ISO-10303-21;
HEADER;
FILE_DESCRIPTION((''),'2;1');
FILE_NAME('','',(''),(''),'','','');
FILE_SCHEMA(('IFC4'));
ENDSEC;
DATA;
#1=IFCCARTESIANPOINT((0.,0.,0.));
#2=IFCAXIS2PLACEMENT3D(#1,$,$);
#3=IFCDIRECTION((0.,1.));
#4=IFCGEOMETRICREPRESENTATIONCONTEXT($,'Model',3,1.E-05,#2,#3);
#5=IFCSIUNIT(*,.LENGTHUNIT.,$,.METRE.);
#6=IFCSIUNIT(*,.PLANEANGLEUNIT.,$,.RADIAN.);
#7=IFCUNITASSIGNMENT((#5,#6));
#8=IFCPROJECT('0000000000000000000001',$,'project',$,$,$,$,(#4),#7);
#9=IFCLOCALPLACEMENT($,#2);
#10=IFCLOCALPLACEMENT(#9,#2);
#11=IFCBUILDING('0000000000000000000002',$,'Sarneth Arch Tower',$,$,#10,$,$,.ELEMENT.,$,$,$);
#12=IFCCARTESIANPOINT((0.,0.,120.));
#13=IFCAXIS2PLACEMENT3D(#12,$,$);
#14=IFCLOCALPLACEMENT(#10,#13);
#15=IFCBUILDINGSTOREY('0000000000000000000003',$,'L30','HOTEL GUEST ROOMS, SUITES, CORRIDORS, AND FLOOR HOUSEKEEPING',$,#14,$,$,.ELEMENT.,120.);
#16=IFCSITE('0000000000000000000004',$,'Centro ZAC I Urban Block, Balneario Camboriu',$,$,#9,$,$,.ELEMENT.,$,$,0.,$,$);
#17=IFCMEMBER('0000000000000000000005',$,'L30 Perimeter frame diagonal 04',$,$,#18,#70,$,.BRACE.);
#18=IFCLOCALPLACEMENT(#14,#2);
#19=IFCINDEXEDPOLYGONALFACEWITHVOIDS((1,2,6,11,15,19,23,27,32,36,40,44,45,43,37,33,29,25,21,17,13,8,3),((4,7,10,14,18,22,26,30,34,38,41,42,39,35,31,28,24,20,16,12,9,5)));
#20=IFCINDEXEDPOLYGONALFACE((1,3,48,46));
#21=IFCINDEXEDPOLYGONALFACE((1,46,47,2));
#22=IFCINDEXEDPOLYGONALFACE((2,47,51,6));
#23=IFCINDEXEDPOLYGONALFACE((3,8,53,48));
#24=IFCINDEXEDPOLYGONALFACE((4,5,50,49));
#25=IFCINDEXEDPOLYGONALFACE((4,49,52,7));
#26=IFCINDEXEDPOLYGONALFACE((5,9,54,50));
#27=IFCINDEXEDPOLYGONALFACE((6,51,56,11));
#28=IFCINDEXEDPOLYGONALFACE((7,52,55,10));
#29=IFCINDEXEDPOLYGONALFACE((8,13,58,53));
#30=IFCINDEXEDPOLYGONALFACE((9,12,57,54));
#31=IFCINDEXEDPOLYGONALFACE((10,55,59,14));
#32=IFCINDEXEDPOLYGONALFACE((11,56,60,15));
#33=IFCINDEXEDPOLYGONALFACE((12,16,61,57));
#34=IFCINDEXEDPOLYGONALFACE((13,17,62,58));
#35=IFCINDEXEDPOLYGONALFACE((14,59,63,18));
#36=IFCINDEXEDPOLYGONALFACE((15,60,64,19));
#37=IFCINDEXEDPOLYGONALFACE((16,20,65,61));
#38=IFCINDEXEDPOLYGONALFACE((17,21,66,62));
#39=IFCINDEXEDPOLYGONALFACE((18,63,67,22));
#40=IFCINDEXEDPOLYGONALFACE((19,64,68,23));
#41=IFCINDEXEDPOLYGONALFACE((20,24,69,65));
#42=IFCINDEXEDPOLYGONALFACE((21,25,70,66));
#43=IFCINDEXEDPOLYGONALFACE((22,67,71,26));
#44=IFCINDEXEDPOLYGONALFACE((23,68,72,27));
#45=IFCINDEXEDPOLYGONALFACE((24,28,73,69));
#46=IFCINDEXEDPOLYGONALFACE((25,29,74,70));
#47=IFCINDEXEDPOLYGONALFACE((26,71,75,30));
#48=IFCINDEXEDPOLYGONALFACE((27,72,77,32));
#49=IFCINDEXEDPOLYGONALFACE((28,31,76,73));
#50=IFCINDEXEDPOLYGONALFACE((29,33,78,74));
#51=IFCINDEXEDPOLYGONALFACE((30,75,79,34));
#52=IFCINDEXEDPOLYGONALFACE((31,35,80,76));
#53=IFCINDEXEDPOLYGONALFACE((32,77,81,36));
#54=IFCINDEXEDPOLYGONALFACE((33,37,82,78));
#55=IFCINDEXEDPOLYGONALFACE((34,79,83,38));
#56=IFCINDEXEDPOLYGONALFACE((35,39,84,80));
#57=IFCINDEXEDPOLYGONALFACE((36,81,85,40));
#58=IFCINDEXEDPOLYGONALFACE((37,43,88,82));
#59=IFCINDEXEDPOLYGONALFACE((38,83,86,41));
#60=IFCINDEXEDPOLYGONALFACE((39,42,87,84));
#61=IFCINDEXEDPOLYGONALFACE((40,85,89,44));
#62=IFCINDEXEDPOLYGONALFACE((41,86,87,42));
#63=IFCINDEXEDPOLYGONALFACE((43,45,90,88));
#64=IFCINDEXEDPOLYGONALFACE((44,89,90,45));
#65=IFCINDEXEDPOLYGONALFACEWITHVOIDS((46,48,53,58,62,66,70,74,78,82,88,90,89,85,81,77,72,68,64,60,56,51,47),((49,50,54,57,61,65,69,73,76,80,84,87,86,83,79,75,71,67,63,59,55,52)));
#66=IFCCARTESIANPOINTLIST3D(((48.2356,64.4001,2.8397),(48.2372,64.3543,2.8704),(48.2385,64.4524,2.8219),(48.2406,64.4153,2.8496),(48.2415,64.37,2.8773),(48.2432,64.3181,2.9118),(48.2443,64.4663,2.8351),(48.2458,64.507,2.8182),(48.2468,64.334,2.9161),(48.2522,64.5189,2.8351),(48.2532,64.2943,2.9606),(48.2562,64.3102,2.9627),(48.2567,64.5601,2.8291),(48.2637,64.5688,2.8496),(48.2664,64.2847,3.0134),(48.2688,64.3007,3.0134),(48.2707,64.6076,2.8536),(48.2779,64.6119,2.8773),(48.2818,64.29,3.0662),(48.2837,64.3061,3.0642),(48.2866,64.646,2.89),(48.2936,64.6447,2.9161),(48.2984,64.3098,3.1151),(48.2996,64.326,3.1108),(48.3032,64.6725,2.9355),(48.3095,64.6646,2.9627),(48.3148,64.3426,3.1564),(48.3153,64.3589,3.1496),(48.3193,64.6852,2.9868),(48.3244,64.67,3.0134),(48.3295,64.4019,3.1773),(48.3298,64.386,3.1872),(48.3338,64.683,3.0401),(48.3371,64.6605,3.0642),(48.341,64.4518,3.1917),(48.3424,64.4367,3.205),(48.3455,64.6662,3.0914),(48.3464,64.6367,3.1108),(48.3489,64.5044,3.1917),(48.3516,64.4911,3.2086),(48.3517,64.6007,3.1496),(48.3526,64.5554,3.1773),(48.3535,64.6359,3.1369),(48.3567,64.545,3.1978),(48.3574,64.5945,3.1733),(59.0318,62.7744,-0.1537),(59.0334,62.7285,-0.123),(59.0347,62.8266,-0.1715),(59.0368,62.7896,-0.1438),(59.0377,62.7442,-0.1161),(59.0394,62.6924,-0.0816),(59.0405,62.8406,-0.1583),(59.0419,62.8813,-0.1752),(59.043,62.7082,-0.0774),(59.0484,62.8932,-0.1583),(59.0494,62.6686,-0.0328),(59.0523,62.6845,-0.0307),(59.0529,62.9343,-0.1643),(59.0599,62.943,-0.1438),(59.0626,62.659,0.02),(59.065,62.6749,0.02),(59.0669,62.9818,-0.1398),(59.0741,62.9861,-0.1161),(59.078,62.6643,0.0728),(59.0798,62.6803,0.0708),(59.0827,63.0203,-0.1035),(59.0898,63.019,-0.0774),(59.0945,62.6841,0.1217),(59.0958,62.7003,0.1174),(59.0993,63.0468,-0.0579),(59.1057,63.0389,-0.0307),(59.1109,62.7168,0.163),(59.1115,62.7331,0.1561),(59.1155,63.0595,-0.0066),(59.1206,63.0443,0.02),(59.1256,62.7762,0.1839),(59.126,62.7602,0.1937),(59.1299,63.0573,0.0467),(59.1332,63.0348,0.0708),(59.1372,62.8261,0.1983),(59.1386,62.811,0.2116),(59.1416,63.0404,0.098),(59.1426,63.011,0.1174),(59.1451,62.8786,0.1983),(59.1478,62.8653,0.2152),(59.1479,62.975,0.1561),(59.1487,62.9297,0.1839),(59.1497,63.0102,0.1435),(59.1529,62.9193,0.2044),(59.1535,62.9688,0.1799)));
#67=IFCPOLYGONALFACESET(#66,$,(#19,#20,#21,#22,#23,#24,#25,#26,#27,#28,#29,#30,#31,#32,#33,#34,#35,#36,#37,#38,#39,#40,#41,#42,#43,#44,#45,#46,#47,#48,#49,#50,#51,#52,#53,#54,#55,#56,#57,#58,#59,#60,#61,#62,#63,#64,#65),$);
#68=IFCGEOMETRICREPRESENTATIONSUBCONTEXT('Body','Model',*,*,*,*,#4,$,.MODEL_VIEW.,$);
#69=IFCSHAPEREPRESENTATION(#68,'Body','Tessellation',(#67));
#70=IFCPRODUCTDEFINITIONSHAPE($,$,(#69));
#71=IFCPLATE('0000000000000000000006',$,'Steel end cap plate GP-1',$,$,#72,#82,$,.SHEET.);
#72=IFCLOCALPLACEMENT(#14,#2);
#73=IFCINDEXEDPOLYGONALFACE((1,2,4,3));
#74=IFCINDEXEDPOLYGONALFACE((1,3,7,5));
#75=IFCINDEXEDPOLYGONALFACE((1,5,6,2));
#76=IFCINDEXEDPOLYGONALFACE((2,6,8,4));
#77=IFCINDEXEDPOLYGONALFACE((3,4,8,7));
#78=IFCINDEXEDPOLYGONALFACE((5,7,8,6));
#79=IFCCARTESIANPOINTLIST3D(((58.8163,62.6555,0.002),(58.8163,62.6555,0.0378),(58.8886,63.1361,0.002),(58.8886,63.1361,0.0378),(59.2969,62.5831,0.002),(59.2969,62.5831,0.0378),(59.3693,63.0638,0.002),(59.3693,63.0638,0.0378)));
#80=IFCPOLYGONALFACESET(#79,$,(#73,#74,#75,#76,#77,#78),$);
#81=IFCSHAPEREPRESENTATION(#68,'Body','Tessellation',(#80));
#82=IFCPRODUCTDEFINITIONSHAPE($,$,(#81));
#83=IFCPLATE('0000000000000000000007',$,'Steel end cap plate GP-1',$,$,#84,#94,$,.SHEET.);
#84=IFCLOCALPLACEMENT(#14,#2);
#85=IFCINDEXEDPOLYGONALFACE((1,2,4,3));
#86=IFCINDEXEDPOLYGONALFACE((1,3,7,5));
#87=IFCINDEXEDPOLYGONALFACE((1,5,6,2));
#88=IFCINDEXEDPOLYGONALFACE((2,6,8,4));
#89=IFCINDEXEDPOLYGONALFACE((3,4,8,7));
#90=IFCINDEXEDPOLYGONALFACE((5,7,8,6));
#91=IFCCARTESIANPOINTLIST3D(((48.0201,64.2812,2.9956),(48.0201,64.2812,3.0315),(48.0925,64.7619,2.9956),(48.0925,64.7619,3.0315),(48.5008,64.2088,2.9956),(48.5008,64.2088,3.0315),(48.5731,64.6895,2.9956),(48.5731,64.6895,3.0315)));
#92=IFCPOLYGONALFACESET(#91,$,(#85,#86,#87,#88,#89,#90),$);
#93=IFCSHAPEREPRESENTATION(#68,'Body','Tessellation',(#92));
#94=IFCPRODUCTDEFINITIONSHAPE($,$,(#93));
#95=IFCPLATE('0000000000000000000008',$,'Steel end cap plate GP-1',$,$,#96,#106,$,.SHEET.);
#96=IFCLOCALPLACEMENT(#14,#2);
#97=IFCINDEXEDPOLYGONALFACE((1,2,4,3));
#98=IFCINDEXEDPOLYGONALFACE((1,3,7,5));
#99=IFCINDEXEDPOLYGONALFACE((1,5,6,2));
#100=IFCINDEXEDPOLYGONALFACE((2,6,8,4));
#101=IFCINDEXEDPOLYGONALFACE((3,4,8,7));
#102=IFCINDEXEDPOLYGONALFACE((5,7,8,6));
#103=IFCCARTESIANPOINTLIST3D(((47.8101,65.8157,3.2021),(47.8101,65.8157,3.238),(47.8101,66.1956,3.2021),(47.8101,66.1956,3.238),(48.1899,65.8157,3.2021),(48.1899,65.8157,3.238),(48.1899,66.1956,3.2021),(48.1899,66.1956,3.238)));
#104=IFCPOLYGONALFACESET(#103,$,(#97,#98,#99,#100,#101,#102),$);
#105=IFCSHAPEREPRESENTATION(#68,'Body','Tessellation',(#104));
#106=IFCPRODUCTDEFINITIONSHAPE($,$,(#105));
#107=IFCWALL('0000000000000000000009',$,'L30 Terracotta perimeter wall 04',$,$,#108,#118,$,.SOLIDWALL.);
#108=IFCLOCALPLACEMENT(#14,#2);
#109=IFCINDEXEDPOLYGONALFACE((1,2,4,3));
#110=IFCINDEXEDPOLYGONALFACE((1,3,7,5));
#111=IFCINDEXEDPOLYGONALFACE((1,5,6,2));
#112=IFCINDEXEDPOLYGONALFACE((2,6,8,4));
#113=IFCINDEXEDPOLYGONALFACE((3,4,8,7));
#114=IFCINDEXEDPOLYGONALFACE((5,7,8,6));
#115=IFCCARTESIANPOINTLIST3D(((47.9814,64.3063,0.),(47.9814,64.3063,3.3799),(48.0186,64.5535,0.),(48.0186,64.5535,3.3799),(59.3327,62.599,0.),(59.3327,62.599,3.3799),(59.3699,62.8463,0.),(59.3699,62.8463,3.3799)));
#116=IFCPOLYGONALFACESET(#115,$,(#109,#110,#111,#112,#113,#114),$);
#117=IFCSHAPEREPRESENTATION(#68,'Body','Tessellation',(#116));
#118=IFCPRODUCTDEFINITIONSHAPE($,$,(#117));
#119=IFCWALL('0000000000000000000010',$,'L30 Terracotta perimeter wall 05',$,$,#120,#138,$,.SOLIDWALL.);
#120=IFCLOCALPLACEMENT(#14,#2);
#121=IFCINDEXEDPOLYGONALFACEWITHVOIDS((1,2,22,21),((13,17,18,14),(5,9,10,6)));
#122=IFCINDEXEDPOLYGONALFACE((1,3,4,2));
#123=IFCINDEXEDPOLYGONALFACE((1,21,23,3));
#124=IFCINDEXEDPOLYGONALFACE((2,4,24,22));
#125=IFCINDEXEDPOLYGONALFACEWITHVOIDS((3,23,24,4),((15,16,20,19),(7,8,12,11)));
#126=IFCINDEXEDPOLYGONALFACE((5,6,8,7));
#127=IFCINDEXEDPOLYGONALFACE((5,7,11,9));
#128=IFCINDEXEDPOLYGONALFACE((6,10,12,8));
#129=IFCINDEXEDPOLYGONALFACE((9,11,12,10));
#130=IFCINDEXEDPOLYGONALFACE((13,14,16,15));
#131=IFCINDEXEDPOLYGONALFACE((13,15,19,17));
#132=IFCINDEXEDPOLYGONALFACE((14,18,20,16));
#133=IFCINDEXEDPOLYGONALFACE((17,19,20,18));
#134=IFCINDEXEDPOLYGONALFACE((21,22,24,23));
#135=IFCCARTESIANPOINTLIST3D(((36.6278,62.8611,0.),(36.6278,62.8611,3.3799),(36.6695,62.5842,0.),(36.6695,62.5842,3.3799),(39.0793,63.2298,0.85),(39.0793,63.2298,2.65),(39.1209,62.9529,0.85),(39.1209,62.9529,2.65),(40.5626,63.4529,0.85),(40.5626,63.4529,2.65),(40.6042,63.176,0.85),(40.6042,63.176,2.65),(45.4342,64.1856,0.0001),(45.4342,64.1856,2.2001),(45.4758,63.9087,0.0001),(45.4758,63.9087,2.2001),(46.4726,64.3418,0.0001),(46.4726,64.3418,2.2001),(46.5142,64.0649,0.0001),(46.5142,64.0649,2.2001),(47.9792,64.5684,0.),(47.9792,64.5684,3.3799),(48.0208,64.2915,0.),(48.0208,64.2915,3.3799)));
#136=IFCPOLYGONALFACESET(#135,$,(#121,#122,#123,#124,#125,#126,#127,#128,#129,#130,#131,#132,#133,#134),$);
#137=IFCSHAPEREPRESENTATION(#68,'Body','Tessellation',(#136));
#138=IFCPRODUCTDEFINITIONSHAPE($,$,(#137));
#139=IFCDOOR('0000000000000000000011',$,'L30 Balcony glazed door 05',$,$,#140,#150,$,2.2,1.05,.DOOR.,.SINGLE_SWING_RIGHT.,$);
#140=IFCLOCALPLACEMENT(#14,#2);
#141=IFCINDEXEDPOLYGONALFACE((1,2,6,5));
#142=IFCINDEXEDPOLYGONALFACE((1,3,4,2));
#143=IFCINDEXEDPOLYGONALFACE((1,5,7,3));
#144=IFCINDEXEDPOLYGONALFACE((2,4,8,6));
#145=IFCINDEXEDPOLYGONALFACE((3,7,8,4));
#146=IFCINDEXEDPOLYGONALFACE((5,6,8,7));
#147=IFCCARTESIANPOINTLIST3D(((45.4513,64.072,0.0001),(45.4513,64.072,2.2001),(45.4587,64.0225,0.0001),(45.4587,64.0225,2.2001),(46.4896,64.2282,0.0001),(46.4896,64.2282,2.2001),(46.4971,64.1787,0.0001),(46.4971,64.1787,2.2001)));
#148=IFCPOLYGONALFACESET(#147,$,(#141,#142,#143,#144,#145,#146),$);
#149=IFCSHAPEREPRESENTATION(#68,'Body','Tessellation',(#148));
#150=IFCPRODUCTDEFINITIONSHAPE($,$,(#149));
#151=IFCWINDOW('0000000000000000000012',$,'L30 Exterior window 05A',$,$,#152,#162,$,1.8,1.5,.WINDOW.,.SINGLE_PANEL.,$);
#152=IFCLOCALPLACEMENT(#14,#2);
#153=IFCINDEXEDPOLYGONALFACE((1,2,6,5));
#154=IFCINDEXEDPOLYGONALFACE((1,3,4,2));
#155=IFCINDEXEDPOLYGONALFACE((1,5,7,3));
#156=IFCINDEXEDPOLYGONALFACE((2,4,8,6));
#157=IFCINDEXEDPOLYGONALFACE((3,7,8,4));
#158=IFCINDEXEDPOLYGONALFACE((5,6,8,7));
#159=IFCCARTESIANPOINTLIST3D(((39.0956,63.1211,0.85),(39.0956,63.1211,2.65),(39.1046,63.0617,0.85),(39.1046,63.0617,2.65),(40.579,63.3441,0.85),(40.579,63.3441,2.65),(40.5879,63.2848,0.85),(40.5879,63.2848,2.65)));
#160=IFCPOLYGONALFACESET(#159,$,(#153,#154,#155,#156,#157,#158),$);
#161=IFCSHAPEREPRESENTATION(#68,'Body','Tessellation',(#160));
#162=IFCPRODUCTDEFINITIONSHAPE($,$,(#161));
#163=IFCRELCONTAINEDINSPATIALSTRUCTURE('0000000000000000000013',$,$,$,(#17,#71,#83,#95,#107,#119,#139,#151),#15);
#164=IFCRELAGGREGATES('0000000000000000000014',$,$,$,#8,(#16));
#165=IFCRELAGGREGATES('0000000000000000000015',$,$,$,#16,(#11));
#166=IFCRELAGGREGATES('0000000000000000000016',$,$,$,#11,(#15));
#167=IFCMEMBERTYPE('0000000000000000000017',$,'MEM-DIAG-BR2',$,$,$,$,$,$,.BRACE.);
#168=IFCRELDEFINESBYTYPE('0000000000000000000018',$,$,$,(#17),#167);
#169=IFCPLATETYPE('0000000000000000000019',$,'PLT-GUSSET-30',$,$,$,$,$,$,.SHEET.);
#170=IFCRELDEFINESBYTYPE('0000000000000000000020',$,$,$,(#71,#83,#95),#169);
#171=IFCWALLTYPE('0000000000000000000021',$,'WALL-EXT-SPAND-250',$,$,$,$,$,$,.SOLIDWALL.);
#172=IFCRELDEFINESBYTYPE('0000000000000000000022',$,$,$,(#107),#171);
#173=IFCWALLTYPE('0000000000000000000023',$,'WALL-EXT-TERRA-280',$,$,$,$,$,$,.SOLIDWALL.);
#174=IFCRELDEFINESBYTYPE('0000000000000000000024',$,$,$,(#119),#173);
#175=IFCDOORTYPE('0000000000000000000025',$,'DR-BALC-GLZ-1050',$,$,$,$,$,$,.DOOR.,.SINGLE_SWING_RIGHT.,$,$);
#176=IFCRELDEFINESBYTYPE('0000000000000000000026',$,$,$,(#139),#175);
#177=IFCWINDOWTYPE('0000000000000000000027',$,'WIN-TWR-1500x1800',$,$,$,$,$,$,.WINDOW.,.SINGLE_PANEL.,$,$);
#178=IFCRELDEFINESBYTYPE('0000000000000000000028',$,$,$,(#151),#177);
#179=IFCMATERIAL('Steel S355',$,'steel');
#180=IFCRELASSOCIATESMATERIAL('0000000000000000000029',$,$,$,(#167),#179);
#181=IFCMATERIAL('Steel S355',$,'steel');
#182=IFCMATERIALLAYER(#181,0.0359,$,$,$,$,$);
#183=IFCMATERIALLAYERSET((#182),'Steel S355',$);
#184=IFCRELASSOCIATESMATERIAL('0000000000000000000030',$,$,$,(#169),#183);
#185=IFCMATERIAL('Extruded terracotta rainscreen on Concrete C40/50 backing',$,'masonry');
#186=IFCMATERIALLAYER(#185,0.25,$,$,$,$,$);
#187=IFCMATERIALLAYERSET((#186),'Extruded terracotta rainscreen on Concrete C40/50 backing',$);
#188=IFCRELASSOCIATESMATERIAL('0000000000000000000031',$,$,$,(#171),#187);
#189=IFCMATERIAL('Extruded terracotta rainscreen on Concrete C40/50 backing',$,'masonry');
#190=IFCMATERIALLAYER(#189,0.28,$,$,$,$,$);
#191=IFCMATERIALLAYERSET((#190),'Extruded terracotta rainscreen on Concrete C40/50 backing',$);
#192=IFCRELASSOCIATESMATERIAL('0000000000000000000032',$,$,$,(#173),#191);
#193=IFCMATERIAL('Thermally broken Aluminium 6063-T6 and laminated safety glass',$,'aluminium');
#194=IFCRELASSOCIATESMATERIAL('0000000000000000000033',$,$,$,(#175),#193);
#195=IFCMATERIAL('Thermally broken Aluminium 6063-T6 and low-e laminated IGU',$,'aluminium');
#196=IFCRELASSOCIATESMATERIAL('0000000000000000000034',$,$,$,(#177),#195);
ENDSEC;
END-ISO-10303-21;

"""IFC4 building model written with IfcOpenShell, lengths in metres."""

from ifc_helpers import new_model, si_unit, direction, frame, frame_2d, origin, origin_2d, place, context, subcontext, project, spatial, rectangle, hollow_circle, extrude, material, layer, layer_set, material_profile, profile_set, type_object, element, fill, save


model = new_model("IFC4")

# Units and contexts
model_context = context("Model", 3, precision=1e-05, world=origin(), true_north=direction((0.0, 1.0)))
body_context = subcontext(model_context, "Body", "Model", "MODEL_VIEW")
ifc_project = project(units=[si_unit("LENGTHUNIT", "METRE"), si_unit("PLANEANGLEUNIT", "RADIAN")], contexts=[model_context])

# Site, building, storey
site_placement = place(None, origin())
site = spatial("IfcSite", under=ifc_project, at=site_placement, Name="Centro ZAC I Urban Block, Balneario Camboriu", CompositionType="ELEMENT", RefElevation=0.0)
building_placement = place(site_placement, origin())
building = spatial("IfcBuilding", under=site, at=building_placement, Name="Sarneth Arch Tower", CompositionType="ELEMENT")
storey_placement = place(building_placement, frame((0.0, 0.0, 120.0)))
storey = spatial("IfcBuildingStorey", under=building, at=storey_placement, Name="L30", Description="HOTEL GUEST ROOMS, SUITES, CORRIDORS, AND FLOOR HOUSEKEEPING", CompositionType="ELEMENT", Elevation=120.0)

# Member
ifc_material_1 = material(Name="Steel S355", Category="steel")
ifc_material_profile_1 = material_profile(ifc_material_1, hollow_circle(Radius=0.2029, WallThickness=0.0161, at=origin_2d()), Name="CHS406x16")
ifc_profile_set_1 = profile_set([ifc_material_profile_1], Name="Steel S355")
member_type_1 = type_object("IfcMemberType", Name="MEM-DIAG-BR2", PredefinedType="BRACE", material=ifc_profile_set_1)
member_1_placement = place(storey_placement, frame((59.0928, 62.8596, 0.02), z_axis=(-0.953657, 0.143606, 0.264417), x_axis=(-0.148906, -0.988851, 0.0)))
element("IfcMember", 1, at=member_1_placement, inside=storey, type_object=member_type_1, Name="L30 Perimeter frame diagonal 04", PredefinedType="BRACE", context=body_context, shape_type="SweptSolid", body=[
    extrude(hollow_circle(Radius=0.2029, WallThickness=0.0161, at=origin_2d()), origin(), (0.0, 0.0, 1.0), 11.3208),
])

# Plates
ifc_material_2 = material(Name="Steel S355", Category="steel")
ifc_layer_1 = layer(ifc_material_2, 0.0359)
ifc_layer_set_1 = layer_set([ifc_layer_1], Name="Steel S355")
plate_type = type_object("IfcPlateType", Name="PLT-GUSSET-30", PredefinedType="SHEET", material=ifc_layer_set_1)
for number, where, z_axis, x_axis, name in (
    (2, (59.0928, 62.8596, 0.002), (0.0, 0.0, 1.0), (-0.988861, 0.148845, 0.0), "Steel end cap plate GP-1"),
    (3, (48.2966, 64.4854, 2.9956), (0.0, 0.0, 1.0), (-0.988861, 0.148845, 0.0), "Steel end cap plate GP-1"),
):
    element("IfcPlate", number, at=place(storey_placement, frame(where, z_axis=z_axis, x_axis=x_axis)), inside=storey, type_object=plate_type, Name=name, PredefinedType="SHEET", context=body_context, shape_type="SweptSolid", body=[
        extrude(rectangle(XDim=0.4861, YDim=0.4861, at=origin_2d()), origin(), (0.0, 0.0, 1.0), 0.0359),
    ])
plate_placement = place(storey_placement, frame((48.0, 66.0056, 3.2021), z_axis=(0.0, 0.0, 1.0), x_axis=(0.0, 1.0, 0.0)))
element("IfcPlate", 4, at=plate_placement, inside=storey, type_object=plate_type, Name="Steel end cap plate GP-1", PredefinedType="SHEET", context=body_context, shape_type="SweptSolid", body=[
    extrude(rectangle(XDim=0.3799, YDim=0.3799, at=origin_2d()), origin(), (0.0, 0.0, 1.0), 0.0359),
])

# Wall
ifc_material_3 = material(Name="Extruded terracotta rainscreen on Concrete C40/50 backing", Category="masonry")
ifc_layer_2 = layer(ifc_material_3, 0.25)
ifc_layer_set_2 = layer_set([ifc_layer_2], Name="Extruded terracotta rainscreen on Concrete C40/50 backing")
wall_type_1 = type_object("IfcWallType", Name="WALL-EXT-SPAND-250", PredefinedType="SOLIDWALL", material=ifc_layer_set_2)
wall_1_placement = place(storey_placement, frame((59.3513, 62.7227, 0.0), z_axis=(0.0, 0.0, 1.0), x_axis=(-0.988878, 0.14873, 0.0)))
element("IfcWall", 5, at=wall_1_placement, inside=storey, type_object=wall_type_1, Name="L30 Terracotta perimeter wall 04", PredefinedType="SOLIDWALL", context=body_context, shape_type="SweptSolid", body=[
    extrude(rectangle(XDim=11.479, YDim=0.25, at=frame_2d((5.7395, 0.0))), origin(), (0.0, 0.0, 1.0), 3.3799),
])

# Wall, openings, door, window
ifc_material_4 = material(Name="Extruded terracotta rainscreen on Concrete C40/50 backing", Category="masonry")
ifc_layer_3 = layer(ifc_material_4, 0.28)
ifc_layer_set_3 = layer_set([ifc_layer_3], Name="Extruded terracotta rainscreen on Concrete C40/50 backing")
wall_type_2 = type_object("IfcWallType", Name="WALL-EXT-TERRA-280", PredefinedType="SOLIDWALL", material=ifc_layer_set_3)
wall_2_placement = place(storey_placement, frame((48.0, 64.4299, 0.0), z_axis=(0.0, 0.0, 1.0), x_axis=(-0.988878, -0.14873, 0.0)))
wall_2 = element("IfcWall", 6, at=wall_2_placement, inside=storey, type_object=wall_type_2, Name="L30 Terracotta perimeter wall 05", PredefinedType="SOLIDWALL", context=body_context, shape_type="SweptSolid", body=[
    extrude(rectangle(XDim=11.479, YDim=0.28, at=frame_2d((5.7395, 0.0))), origin(), (0.0, 0.0, 1.0), 3.3799),
])
opening_1_placement = place(wall_2_placement, frame((1.5237, 0.0, 0.0)))
opening_1 = element("IfcOpeningElement", 7, at=opening_1_placement, cuts=wall_2, PredefinedType="OPENING", context=body_context, shape_type="SweptSolid", body=[
    extrude(rectangle(XDim=1.05, YDim=2.2, at=frame_2d((0.5249, 1.1001))), frame((0.0, 0.1499, 0.0), z_axis=(0.0, -1.0, 0.0), x_axis=(1.0, 0.0, 0.0)), (0.0, 0.0, 1.0), 0.3),
])
opening_2_placement = place(wall_2_placement, frame((7.5, 0.0, 0.8501)))
opening_2 = element("IfcOpeningElement", 8, at=opening_2_placement, cuts=wall_2, PredefinedType="OPENING", context=body_context, shape_type="SweptSolid", body=[
    extrude(rectangle(XDim=1.5, YDim=1.8, at=frame_2d((0.75, 0.8999))), frame((0.0, 0.1499, 0.0), z_axis=(0.0, -1.0, 0.0), x_axis=(1.0, 0.0, 0.0)), (0.0, 0.0, 1.0), 0.3),
])
ifc_material_5 = material(Name="Thermally broken Aluminium 6063-T6 and laminated safety glass", Category="aluminium")
door_type_1 = type_object("IfcDoorType", Name="DR-BALC-GLZ-1050", OperationType="SINGLE_SWING_RIGHT", PredefinedType="DOOR", material=ifc_material_5)
door_1_placement = place(opening_1_placement, origin())
door_1 = element("IfcDoor", 9, at=door_1_placement, inside=storey, type_object=door_type_1, Name="L30 Balcony glazed door 05", OperationType="SINGLE_SWING_RIGHT", OverallHeight=2.2, OverallWidth=1.05, PredefinedType="DOOR", context=body_context, shape_type="SweptSolid", body=[
    extrude(rectangle(XDim=1.05, YDim=2.2, at=frame_2d((0.5249, 1.1001))), frame((0.0, 0.0249, 0.0), z_axis=(0.0, -1.0, 0.0), x_axis=(1.0, 0.0, 0.0)), (0.0, 0.0, 1.0), 0.05),
])
fill(opening_1, door_1)
ifc_material_6 = material(Name="Thermally broken Aluminium 6063-T6 and low-e laminated IGU", Category="aluminium")
window_type = type_object("IfcWindowType", Name="WIN-TWR-1500x1800", PartitioningType="SINGLE_PANEL", PredefinedType="WINDOW", material=ifc_material_6)
window_placement = place(opening_2_placement, origin())
window = element("IfcWindow", 10, at=window_placement, inside=storey, type_object=window_type, Name="L30 Exterior window 05A", OverallHeight=1.8, OverallWidth=1.5, PartitioningType="SINGLE_PANEL", PredefinedType="WINDOW", context=body_context, shape_type="SweptSolid", body=[
    extrude(rectangle(XDim=1.5, YDim=1.8, at=frame_2d((0.75, 0.8999))), frame((0.0, 0.03, 0.0), z_axis=(0.0, -1.0, 0.0), x_axis=(1.0, 0.0, 0.0)), (0.0, 0.0, 1.0), 0.0601),
])
fill(opening_2, window)

save(model, "model.ifc")
